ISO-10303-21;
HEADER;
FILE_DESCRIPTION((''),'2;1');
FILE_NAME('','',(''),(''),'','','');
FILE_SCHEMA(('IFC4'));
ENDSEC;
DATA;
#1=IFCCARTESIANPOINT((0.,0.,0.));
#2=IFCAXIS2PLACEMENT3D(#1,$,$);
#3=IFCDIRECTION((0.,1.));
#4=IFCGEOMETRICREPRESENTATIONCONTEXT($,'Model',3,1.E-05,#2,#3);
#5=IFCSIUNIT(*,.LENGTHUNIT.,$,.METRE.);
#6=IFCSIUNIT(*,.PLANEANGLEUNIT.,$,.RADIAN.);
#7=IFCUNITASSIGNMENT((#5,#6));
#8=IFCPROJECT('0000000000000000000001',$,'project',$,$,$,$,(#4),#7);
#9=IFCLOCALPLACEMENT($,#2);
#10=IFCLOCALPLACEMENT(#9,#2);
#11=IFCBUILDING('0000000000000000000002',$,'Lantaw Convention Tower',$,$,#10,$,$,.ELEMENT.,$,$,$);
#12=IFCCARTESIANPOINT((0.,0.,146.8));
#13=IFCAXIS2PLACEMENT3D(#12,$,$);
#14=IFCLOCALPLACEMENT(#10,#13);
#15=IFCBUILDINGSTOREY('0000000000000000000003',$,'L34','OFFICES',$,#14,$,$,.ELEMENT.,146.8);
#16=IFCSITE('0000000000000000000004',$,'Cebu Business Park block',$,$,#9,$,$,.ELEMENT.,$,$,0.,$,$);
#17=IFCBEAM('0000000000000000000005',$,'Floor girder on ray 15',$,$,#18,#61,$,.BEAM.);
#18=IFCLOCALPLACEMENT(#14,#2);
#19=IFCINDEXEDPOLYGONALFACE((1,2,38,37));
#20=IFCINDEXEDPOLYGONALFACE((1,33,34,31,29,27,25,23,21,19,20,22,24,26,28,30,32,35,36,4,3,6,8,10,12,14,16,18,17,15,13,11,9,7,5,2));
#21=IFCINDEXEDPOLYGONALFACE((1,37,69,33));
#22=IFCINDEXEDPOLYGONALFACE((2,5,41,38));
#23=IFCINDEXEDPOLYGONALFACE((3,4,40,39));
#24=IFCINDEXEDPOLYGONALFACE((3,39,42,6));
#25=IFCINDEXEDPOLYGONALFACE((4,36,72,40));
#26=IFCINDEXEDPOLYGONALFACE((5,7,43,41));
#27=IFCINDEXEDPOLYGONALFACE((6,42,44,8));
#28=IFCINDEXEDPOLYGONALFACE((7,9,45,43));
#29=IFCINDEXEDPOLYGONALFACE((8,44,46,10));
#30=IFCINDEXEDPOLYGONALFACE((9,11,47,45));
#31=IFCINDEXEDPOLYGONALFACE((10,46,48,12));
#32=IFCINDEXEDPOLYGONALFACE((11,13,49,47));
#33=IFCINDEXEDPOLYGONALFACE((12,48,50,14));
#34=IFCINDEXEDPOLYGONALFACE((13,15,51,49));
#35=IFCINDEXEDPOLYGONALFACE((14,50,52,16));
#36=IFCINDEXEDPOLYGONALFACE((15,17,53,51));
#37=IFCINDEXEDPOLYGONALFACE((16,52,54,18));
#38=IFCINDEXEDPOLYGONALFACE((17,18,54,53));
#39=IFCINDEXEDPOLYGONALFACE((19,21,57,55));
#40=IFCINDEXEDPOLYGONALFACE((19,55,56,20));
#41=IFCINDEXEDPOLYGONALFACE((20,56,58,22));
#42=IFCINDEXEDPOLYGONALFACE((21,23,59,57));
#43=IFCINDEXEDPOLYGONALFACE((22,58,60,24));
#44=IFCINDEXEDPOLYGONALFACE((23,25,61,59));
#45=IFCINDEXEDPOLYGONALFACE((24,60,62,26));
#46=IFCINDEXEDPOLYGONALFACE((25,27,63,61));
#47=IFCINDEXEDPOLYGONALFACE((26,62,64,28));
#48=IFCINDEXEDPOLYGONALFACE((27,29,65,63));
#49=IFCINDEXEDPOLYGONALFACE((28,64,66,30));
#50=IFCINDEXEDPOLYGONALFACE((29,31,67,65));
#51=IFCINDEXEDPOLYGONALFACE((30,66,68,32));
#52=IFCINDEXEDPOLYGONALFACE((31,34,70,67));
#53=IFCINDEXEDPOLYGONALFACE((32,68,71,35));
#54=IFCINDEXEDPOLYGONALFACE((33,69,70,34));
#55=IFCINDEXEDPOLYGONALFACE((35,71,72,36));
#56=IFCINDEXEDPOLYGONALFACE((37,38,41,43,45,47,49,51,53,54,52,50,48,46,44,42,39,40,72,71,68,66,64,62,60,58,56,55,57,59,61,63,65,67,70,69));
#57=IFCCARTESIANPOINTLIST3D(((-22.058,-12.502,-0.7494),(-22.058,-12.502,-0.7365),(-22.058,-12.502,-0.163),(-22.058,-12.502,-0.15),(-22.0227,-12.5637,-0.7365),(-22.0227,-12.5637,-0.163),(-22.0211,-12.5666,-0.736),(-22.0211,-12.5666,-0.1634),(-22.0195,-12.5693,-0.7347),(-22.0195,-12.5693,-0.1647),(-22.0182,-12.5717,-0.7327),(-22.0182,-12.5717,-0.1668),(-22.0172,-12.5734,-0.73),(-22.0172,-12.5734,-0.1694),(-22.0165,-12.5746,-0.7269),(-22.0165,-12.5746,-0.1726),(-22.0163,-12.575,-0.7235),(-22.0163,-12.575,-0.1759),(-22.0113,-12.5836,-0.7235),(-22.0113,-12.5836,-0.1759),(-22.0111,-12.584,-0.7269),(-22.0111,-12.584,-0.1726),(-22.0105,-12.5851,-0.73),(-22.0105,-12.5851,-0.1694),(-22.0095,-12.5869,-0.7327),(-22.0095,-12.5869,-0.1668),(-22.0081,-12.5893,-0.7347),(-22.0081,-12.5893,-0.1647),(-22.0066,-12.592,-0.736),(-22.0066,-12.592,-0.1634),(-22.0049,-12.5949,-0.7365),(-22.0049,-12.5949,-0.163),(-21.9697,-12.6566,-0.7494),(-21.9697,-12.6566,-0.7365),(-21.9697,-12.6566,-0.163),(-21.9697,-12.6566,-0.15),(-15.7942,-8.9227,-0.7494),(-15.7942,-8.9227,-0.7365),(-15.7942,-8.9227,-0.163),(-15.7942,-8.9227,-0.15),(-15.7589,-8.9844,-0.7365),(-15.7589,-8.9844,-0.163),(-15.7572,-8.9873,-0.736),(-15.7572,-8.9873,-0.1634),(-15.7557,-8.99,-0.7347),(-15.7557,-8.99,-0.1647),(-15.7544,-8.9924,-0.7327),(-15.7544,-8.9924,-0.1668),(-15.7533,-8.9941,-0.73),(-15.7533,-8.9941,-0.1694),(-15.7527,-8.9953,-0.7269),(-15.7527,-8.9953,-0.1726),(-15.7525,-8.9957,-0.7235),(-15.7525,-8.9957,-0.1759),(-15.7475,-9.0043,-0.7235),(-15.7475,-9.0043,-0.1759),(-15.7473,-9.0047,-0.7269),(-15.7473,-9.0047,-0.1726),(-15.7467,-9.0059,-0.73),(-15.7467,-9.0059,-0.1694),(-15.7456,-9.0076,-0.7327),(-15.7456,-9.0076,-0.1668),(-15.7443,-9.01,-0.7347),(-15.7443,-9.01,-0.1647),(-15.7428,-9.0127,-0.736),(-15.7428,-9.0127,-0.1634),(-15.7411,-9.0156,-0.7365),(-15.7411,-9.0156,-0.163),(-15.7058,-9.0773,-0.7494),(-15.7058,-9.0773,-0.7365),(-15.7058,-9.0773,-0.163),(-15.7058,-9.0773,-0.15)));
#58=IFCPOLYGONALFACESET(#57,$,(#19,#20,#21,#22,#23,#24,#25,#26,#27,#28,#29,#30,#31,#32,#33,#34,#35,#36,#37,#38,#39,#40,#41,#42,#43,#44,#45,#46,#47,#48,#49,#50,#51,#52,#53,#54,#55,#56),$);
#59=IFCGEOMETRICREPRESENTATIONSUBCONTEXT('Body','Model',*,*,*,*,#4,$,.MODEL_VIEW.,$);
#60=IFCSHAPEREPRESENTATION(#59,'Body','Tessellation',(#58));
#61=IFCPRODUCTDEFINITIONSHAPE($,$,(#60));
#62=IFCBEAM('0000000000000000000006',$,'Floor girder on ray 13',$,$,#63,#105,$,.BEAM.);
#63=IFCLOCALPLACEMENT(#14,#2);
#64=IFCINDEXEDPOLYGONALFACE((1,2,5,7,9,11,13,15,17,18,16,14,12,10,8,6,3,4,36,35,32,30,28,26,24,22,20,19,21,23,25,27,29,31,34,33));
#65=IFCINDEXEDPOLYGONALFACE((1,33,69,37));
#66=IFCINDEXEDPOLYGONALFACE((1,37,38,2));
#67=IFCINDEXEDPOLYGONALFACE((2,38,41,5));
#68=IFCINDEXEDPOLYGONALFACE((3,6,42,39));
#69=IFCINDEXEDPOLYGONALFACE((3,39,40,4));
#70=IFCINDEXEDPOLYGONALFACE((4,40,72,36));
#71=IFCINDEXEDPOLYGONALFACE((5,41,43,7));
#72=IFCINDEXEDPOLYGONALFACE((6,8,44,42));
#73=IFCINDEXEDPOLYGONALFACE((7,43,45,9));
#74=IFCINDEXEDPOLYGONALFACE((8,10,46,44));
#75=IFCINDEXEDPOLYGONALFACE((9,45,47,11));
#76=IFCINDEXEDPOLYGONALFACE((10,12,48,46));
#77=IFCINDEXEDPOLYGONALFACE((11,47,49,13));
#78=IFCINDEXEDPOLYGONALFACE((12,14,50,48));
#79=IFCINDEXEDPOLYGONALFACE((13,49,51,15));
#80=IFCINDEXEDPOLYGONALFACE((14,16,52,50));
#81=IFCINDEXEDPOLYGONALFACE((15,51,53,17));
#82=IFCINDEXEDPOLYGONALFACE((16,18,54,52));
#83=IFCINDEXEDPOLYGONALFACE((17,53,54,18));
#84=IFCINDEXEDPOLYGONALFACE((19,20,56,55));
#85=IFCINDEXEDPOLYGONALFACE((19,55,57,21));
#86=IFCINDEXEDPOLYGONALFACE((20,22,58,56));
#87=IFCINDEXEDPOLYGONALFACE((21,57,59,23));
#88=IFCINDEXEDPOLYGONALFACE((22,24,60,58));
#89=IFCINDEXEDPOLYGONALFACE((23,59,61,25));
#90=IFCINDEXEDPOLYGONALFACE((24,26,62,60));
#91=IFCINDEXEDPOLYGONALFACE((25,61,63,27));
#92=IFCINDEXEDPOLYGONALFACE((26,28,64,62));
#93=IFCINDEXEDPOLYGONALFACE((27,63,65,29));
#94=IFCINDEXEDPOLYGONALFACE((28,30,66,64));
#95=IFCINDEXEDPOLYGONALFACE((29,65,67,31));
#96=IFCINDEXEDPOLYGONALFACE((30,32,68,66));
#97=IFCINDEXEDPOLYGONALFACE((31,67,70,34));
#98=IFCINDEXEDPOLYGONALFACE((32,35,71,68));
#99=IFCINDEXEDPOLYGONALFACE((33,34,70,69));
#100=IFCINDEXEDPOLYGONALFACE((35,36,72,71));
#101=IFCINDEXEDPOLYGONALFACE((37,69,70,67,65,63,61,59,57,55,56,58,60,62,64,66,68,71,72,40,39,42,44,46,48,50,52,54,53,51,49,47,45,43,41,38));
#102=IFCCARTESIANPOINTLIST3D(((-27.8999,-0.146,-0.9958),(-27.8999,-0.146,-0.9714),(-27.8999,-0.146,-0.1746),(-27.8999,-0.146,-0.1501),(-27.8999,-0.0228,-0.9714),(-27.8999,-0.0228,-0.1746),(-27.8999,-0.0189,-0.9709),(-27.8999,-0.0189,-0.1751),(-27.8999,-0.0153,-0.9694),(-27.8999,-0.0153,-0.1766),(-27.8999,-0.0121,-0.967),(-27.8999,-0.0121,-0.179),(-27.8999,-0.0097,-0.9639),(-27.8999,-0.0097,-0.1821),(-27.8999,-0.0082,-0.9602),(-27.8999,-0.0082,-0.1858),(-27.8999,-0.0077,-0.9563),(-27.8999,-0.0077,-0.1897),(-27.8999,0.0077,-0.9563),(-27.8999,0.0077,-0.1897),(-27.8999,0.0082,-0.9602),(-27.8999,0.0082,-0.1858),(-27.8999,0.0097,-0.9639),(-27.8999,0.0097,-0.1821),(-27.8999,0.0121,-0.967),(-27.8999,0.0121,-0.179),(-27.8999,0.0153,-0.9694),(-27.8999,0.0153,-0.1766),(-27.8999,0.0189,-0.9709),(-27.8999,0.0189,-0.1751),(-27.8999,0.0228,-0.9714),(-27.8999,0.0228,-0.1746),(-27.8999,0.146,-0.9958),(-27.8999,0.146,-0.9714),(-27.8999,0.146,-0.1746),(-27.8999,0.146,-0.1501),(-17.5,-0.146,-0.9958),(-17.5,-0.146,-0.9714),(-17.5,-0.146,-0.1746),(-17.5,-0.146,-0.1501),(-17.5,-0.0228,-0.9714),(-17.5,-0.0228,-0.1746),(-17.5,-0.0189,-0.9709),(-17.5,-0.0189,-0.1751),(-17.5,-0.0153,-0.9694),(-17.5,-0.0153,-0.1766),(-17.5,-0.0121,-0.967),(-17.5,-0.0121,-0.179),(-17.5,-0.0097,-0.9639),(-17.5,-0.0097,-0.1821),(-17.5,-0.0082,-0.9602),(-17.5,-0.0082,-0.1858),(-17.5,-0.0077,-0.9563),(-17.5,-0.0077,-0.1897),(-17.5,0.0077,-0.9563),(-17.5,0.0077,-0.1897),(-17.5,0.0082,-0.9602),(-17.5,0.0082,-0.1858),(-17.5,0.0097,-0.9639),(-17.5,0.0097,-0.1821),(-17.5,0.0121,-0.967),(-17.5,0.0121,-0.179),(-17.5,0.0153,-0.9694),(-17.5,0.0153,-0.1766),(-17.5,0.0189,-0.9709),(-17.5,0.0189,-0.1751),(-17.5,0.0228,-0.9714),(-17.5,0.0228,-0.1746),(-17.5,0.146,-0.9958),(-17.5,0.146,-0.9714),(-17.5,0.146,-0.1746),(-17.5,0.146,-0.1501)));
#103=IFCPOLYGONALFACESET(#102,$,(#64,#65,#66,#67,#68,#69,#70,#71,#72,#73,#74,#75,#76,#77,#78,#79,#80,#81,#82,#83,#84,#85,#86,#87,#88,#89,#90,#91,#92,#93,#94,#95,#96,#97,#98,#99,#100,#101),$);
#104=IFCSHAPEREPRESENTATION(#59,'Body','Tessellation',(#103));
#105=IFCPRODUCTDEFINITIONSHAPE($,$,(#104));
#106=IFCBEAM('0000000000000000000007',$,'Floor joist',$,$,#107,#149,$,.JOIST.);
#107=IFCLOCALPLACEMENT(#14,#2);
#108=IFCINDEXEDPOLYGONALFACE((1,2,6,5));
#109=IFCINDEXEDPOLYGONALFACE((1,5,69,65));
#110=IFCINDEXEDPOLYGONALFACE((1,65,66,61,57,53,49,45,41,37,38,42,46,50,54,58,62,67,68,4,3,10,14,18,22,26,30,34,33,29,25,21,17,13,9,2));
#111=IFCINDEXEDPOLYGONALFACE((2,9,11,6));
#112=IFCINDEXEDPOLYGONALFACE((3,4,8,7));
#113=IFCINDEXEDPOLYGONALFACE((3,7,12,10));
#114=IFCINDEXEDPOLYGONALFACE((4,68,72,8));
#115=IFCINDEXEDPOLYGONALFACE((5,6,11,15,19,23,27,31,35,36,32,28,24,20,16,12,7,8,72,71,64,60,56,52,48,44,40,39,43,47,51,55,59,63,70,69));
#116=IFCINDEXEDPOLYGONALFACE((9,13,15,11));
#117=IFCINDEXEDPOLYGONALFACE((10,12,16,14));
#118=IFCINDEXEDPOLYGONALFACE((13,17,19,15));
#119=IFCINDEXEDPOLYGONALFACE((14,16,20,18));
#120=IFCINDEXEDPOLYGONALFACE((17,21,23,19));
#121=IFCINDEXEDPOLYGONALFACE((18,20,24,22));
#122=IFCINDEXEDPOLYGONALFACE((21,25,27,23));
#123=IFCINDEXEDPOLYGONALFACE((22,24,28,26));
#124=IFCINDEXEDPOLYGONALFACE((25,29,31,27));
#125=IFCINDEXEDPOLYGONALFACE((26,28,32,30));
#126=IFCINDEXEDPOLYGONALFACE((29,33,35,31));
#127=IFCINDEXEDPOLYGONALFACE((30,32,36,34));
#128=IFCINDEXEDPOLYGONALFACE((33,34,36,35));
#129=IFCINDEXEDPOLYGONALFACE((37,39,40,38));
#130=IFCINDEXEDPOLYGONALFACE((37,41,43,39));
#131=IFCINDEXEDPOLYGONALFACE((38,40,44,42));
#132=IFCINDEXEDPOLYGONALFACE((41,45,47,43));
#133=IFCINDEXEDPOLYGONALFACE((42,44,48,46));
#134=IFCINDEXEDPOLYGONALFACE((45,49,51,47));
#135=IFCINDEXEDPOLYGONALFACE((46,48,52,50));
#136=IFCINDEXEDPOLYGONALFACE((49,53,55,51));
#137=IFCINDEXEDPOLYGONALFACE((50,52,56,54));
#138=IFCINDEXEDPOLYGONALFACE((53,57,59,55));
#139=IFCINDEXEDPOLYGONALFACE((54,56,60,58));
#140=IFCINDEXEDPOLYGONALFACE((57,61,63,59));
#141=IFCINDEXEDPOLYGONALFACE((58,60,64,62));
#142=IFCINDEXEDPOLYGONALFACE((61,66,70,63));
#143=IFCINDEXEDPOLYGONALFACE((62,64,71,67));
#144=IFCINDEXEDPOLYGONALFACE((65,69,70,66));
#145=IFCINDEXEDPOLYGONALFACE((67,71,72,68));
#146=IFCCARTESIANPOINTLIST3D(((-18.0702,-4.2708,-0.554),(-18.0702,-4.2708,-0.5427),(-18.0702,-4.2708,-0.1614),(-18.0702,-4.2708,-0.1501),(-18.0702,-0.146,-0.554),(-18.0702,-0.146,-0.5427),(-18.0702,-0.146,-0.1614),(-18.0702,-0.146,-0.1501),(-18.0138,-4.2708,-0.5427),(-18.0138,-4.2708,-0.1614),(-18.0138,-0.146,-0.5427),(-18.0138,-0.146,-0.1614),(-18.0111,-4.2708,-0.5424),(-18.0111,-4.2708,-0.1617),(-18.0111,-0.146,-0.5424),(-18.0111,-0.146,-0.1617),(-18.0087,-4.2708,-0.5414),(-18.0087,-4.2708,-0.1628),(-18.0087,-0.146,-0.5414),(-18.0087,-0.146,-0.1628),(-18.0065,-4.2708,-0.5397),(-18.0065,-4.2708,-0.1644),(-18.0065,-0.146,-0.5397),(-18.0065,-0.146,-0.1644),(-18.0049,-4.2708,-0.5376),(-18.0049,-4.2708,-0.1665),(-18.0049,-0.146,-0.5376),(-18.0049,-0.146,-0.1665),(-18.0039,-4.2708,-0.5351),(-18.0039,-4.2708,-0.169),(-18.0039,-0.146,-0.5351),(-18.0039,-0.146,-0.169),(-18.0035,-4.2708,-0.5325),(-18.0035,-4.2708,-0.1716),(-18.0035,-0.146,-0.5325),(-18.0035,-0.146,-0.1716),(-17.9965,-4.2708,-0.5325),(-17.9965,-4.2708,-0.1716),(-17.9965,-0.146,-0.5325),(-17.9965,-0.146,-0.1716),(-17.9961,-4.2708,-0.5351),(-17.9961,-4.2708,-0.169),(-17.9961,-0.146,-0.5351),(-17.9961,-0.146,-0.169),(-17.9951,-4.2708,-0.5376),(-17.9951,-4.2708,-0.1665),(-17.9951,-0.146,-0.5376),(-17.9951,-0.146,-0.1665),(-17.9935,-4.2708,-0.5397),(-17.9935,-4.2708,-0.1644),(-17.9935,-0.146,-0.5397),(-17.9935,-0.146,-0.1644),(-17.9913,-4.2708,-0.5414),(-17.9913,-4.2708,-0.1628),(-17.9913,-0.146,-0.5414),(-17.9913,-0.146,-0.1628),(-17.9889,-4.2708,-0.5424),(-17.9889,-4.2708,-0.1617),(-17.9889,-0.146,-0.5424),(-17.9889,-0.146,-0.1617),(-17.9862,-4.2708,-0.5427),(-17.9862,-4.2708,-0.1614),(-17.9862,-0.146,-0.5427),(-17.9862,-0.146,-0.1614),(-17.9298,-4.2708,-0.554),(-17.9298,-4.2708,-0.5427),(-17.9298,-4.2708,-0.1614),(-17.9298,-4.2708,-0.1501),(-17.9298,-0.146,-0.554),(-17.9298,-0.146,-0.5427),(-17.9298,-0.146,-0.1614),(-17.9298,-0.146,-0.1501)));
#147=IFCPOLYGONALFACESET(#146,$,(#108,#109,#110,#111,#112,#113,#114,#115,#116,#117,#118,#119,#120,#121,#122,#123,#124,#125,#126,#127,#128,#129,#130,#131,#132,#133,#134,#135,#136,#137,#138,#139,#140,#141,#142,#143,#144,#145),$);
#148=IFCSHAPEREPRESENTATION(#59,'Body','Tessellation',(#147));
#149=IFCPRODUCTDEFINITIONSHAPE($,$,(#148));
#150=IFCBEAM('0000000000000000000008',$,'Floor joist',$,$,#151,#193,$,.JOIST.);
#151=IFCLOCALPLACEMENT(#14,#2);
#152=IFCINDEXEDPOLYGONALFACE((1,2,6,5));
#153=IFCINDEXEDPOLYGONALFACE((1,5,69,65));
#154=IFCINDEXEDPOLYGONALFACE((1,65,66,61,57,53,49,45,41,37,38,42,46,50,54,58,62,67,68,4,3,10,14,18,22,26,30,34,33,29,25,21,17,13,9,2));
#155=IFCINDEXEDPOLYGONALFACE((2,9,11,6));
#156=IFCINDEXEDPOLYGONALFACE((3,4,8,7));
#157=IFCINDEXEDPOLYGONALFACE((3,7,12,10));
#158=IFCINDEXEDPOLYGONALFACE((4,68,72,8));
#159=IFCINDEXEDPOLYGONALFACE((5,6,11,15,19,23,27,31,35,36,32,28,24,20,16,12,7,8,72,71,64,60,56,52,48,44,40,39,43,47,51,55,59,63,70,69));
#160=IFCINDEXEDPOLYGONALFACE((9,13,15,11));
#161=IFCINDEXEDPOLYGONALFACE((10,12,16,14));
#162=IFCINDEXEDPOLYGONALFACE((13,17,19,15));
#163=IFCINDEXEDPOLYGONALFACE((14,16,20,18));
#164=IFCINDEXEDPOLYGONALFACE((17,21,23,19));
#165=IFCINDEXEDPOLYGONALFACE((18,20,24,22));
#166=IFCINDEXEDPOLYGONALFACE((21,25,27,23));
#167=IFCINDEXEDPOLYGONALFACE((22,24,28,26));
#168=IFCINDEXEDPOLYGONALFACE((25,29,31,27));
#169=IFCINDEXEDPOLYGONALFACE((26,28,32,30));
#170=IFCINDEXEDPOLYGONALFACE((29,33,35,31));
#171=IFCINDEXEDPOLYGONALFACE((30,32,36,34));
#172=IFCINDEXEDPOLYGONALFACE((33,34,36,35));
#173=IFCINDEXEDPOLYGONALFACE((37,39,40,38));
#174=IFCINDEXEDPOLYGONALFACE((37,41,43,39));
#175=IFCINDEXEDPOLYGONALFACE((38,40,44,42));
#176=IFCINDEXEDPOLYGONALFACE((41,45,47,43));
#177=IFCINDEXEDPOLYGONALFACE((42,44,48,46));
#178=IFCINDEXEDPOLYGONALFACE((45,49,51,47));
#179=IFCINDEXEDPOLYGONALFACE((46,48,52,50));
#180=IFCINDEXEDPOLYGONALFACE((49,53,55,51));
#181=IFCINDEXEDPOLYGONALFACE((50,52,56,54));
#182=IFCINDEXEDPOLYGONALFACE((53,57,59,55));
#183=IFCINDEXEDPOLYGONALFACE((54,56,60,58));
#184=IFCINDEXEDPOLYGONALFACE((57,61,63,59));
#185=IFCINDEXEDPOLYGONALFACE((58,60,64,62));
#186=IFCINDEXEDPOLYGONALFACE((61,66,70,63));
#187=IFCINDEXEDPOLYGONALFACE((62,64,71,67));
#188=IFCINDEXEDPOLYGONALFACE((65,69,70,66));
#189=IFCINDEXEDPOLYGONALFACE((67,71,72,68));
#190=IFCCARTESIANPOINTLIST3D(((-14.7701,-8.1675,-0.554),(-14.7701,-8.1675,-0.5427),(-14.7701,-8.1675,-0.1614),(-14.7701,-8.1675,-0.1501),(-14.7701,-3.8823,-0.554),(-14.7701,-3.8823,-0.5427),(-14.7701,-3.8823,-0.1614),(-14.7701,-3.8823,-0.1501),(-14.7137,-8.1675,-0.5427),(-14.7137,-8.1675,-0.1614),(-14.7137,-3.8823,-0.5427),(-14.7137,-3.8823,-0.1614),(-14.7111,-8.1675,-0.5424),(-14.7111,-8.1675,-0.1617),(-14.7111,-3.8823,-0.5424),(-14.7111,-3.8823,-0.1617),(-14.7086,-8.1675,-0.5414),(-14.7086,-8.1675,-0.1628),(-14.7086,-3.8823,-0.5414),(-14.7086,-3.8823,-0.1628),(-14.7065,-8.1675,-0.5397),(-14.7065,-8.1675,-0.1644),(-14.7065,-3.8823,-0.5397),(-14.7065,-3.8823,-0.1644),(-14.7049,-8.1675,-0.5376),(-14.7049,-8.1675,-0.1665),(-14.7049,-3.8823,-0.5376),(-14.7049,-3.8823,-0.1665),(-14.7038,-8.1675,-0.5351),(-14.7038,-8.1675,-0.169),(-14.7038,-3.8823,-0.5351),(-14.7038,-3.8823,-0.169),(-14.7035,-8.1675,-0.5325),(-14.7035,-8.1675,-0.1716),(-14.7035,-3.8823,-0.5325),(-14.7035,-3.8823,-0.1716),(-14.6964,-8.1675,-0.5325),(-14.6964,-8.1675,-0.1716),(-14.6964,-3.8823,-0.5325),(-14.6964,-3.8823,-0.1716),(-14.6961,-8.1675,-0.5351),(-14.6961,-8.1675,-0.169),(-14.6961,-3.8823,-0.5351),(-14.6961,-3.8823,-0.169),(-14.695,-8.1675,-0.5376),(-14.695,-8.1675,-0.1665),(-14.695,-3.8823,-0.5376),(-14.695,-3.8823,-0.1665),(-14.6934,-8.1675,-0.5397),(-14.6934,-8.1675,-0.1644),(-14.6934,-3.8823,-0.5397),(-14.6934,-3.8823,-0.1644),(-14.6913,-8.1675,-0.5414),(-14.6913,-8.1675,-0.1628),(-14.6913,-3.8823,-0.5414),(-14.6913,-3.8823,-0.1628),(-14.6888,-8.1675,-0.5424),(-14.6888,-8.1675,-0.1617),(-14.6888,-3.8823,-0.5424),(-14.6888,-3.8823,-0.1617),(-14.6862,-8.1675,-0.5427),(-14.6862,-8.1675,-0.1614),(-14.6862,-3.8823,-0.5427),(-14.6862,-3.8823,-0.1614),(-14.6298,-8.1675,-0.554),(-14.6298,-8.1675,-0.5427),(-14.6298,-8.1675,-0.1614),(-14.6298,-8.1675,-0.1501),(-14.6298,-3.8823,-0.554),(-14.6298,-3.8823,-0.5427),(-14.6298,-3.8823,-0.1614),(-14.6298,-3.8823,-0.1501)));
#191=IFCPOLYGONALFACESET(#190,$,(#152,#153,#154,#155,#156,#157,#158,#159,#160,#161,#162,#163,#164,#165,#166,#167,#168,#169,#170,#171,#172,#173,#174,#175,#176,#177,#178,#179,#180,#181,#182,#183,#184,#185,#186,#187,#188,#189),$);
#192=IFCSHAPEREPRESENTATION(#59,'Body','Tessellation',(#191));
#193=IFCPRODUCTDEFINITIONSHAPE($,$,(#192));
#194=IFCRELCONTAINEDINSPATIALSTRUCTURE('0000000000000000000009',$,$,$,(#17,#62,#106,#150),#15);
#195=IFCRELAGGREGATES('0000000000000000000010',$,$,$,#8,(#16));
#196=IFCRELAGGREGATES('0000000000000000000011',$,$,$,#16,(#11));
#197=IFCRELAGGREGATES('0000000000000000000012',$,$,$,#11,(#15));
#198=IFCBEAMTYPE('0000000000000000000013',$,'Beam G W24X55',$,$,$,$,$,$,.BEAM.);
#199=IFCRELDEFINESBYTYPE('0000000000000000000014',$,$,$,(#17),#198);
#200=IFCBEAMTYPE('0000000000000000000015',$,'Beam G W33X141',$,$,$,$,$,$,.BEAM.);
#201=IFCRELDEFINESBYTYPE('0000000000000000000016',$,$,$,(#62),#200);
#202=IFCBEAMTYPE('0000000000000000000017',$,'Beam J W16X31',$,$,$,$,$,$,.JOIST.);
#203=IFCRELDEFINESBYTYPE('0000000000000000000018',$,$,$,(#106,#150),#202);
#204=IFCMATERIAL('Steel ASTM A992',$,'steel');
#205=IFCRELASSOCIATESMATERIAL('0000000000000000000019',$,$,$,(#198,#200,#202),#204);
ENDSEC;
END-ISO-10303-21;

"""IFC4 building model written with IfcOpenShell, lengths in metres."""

from ifc_helpers import new_model, si_unit, direction, frame, origin, origin_2d, place, context, subcontext, project, spatial, i_section, extrude, material, material_profile, profile_set, type_object, element, save


model = new_model("IFC4")

# Units and contexts
model_context = context("Model", 3, precision=1e-05, world=origin(), true_north=direction((0.0, 1.0)))
body_context = subcontext(model_context, "Body", "Model", "MODEL_VIEW")
ifc_project = project(units=[si_unit("LENGTHUNIT", "METRE"), si_unit("PLANEANGLEUNIT", "RADIAN")], contexts=[model_context])

# Site, building, storey
site_placement = place(None, origin())
site = spatial("IfcSite", under=ifc_project, at=site_placement, Name="Cebu Business Park block", CompositionType="ELEMENT", RefElevation=0.0)
building_placement = place(site_placement, origin())
building = spatial("IfcBuilding", under=site, at=building_placement, Name="Lantaw Convention Tower", CompositionType="ELEMENT")
storey_placement = place(building_placement, frame((0.0, 0.0, 146.8)))
storey = spatial("IfcBuildingStorey", under=building, at=storey_placement, Name="L34", Description="OFFICES", CompositionType="ELEMENT", Elevation=146.8)

# Beams
ifc_material_1 = material(Name="Steel ASTM A992", Category="steel")
ifc_material_profile_1 = material_profile(ifc_material_1, i_section(OverallWidth=0.178, OverallDepth=0.5994, WebThickness=0.01, FlangeThickness=0.0129, FilletRadius=0.0129, at=origin_2d()), Name="W24X55")
ifc_profile_set_1 = profile_set([ifc_material_profile_1], Name="Steel ASTM A992")
beam_type_1 = type_object("IfcBeamType", Name="Beam G W24X55", PredefinedType="BEAM", material=ifc_profile_set_1)
beam_1_placement = place(storey_placement, frame((-15.75, -9.0, -0.4497), z_axis=(-0.868245, -0.496135, 0.0), x_axis=(0.496135, -0.868245, 0.0)))
element("IfcBeam", 1, at=beam_1_placement, inside=storey, type_object=beam_type_1, Name="Floor girder on ray 15", PredefinedType="BEAM", context=body_context, shape_type="SweptSolid", body=[
    extrude(i_section(OverallWidth=0.178, OverallDepth=0.5994, WebThickness=0.01, FlangeThickness=0.0129, FilletRadius=0.0129, at=origin_2d()), origin(), (0.0, 0.0, 1.0), 7.2144),
])
ifc_material_profile_2 = material_profile(ifc_material_1, i_section(OverallWidth=0.292, OverallDepth=0.8457, WebThickness=0.0154, FlangeThickness=0.0244, FilletRadius=0.0151, at=origin_2d()), Name="W33X141")
ifc_profile_set_2 = profile_set([ifc_material_profile_2], Name="Steel ASTM A992")
beam_type_2 = type_object("IfcBeamType", Name="Beam G W33X141", PredefinedType="BEAM", material=ifc_profile_set_2)
beam_2_placement = place(storey_placement, frame((-17.5, 0.0, -0.573), z_axis=(-1.0, 0.0, 0.0), x_axis=(0.0, -1.0, 0.0)))
element("IfcBeam", 2, at=beam_2_placement, inside=storey, type_object=beam_type_2, Name="Floor girder on ray 13", PredefinedType="BEAM", context=body_context, shape_type="SweptSolid", body=[
    extrude(i_section(OverallWidth=0.292, OverallDepth=0.8457, WebThickness=0.0154, FlangeThickness=0.0244, FilletRadius=0.0151, at=origin_2d()), origin(), (0.0, 0.0, 1.0), 10.3999),
])
ifc_material_profile_3 = material_profile(ifc_material_1, i_section(OverallWidth=0.1404, OverallDepth=0.4038, WebThickness=0.0071, FlangeThickness=0.0112, FilletRadius=0.0103, at=origin_2d()), Name="W16X31")
ifc_profile_set_3 = profile_set([ifc_material_profile_3], Name="Steel ASTM A992")
beam_type_3 = type_object("IfcBeamType", Name="Beam J W16X31", PredefinedType="JOIST", material=ifc_profile_set_3)
beam_3_placement = place(storey_placement, frame((-18.0, -4.2708, -0.3521), z_axis=(0.0, 1.0, 0.0), x_axis=(-1.0, 0.0, 0.0)))
element("IfcBeam", 3, at=beam_3_placement, inside=storey, type_object=beam_type_3, Name="Floor joist", PredefinedType="JOIST", context=body_context, shape_type="SweptSolid", body=[
    extrude(i_section(OverallWidth=0.1404, OverallDepth=0.4038, WebThickness=0.0071, FlangeThickness=0.0112, FilletRadius=0.0103, at=origin_2d()), origin(), (0.0, 0.0, 1.0), 4.1248),
])
beam_4_placement = place(storey_placement, frame((-14.7, -8.1675, -0.3521), z_axis=(0.0, 1.0, 0.0), x_axis=(-1.0, 0.0, 0.0)))
element("IfcBeam", 4, at=beam_4_placement, inside=storey, type_object=beam_type_3, Name="Floor joist", PredefinedType="JOIST", context=body_context, shape_type="SweptSolid", body=[
    extrude(i_section(OverallWidth=0.1404, OverallDepth=0.4038, WebThickness=0.0071, FlangeThickness=0.0112, FilletRadius=0.0103, at=origin_2d()), origin(), (0.0, 0.0, 1.0), 4.2852),
])

save(model, "model.ifc")
